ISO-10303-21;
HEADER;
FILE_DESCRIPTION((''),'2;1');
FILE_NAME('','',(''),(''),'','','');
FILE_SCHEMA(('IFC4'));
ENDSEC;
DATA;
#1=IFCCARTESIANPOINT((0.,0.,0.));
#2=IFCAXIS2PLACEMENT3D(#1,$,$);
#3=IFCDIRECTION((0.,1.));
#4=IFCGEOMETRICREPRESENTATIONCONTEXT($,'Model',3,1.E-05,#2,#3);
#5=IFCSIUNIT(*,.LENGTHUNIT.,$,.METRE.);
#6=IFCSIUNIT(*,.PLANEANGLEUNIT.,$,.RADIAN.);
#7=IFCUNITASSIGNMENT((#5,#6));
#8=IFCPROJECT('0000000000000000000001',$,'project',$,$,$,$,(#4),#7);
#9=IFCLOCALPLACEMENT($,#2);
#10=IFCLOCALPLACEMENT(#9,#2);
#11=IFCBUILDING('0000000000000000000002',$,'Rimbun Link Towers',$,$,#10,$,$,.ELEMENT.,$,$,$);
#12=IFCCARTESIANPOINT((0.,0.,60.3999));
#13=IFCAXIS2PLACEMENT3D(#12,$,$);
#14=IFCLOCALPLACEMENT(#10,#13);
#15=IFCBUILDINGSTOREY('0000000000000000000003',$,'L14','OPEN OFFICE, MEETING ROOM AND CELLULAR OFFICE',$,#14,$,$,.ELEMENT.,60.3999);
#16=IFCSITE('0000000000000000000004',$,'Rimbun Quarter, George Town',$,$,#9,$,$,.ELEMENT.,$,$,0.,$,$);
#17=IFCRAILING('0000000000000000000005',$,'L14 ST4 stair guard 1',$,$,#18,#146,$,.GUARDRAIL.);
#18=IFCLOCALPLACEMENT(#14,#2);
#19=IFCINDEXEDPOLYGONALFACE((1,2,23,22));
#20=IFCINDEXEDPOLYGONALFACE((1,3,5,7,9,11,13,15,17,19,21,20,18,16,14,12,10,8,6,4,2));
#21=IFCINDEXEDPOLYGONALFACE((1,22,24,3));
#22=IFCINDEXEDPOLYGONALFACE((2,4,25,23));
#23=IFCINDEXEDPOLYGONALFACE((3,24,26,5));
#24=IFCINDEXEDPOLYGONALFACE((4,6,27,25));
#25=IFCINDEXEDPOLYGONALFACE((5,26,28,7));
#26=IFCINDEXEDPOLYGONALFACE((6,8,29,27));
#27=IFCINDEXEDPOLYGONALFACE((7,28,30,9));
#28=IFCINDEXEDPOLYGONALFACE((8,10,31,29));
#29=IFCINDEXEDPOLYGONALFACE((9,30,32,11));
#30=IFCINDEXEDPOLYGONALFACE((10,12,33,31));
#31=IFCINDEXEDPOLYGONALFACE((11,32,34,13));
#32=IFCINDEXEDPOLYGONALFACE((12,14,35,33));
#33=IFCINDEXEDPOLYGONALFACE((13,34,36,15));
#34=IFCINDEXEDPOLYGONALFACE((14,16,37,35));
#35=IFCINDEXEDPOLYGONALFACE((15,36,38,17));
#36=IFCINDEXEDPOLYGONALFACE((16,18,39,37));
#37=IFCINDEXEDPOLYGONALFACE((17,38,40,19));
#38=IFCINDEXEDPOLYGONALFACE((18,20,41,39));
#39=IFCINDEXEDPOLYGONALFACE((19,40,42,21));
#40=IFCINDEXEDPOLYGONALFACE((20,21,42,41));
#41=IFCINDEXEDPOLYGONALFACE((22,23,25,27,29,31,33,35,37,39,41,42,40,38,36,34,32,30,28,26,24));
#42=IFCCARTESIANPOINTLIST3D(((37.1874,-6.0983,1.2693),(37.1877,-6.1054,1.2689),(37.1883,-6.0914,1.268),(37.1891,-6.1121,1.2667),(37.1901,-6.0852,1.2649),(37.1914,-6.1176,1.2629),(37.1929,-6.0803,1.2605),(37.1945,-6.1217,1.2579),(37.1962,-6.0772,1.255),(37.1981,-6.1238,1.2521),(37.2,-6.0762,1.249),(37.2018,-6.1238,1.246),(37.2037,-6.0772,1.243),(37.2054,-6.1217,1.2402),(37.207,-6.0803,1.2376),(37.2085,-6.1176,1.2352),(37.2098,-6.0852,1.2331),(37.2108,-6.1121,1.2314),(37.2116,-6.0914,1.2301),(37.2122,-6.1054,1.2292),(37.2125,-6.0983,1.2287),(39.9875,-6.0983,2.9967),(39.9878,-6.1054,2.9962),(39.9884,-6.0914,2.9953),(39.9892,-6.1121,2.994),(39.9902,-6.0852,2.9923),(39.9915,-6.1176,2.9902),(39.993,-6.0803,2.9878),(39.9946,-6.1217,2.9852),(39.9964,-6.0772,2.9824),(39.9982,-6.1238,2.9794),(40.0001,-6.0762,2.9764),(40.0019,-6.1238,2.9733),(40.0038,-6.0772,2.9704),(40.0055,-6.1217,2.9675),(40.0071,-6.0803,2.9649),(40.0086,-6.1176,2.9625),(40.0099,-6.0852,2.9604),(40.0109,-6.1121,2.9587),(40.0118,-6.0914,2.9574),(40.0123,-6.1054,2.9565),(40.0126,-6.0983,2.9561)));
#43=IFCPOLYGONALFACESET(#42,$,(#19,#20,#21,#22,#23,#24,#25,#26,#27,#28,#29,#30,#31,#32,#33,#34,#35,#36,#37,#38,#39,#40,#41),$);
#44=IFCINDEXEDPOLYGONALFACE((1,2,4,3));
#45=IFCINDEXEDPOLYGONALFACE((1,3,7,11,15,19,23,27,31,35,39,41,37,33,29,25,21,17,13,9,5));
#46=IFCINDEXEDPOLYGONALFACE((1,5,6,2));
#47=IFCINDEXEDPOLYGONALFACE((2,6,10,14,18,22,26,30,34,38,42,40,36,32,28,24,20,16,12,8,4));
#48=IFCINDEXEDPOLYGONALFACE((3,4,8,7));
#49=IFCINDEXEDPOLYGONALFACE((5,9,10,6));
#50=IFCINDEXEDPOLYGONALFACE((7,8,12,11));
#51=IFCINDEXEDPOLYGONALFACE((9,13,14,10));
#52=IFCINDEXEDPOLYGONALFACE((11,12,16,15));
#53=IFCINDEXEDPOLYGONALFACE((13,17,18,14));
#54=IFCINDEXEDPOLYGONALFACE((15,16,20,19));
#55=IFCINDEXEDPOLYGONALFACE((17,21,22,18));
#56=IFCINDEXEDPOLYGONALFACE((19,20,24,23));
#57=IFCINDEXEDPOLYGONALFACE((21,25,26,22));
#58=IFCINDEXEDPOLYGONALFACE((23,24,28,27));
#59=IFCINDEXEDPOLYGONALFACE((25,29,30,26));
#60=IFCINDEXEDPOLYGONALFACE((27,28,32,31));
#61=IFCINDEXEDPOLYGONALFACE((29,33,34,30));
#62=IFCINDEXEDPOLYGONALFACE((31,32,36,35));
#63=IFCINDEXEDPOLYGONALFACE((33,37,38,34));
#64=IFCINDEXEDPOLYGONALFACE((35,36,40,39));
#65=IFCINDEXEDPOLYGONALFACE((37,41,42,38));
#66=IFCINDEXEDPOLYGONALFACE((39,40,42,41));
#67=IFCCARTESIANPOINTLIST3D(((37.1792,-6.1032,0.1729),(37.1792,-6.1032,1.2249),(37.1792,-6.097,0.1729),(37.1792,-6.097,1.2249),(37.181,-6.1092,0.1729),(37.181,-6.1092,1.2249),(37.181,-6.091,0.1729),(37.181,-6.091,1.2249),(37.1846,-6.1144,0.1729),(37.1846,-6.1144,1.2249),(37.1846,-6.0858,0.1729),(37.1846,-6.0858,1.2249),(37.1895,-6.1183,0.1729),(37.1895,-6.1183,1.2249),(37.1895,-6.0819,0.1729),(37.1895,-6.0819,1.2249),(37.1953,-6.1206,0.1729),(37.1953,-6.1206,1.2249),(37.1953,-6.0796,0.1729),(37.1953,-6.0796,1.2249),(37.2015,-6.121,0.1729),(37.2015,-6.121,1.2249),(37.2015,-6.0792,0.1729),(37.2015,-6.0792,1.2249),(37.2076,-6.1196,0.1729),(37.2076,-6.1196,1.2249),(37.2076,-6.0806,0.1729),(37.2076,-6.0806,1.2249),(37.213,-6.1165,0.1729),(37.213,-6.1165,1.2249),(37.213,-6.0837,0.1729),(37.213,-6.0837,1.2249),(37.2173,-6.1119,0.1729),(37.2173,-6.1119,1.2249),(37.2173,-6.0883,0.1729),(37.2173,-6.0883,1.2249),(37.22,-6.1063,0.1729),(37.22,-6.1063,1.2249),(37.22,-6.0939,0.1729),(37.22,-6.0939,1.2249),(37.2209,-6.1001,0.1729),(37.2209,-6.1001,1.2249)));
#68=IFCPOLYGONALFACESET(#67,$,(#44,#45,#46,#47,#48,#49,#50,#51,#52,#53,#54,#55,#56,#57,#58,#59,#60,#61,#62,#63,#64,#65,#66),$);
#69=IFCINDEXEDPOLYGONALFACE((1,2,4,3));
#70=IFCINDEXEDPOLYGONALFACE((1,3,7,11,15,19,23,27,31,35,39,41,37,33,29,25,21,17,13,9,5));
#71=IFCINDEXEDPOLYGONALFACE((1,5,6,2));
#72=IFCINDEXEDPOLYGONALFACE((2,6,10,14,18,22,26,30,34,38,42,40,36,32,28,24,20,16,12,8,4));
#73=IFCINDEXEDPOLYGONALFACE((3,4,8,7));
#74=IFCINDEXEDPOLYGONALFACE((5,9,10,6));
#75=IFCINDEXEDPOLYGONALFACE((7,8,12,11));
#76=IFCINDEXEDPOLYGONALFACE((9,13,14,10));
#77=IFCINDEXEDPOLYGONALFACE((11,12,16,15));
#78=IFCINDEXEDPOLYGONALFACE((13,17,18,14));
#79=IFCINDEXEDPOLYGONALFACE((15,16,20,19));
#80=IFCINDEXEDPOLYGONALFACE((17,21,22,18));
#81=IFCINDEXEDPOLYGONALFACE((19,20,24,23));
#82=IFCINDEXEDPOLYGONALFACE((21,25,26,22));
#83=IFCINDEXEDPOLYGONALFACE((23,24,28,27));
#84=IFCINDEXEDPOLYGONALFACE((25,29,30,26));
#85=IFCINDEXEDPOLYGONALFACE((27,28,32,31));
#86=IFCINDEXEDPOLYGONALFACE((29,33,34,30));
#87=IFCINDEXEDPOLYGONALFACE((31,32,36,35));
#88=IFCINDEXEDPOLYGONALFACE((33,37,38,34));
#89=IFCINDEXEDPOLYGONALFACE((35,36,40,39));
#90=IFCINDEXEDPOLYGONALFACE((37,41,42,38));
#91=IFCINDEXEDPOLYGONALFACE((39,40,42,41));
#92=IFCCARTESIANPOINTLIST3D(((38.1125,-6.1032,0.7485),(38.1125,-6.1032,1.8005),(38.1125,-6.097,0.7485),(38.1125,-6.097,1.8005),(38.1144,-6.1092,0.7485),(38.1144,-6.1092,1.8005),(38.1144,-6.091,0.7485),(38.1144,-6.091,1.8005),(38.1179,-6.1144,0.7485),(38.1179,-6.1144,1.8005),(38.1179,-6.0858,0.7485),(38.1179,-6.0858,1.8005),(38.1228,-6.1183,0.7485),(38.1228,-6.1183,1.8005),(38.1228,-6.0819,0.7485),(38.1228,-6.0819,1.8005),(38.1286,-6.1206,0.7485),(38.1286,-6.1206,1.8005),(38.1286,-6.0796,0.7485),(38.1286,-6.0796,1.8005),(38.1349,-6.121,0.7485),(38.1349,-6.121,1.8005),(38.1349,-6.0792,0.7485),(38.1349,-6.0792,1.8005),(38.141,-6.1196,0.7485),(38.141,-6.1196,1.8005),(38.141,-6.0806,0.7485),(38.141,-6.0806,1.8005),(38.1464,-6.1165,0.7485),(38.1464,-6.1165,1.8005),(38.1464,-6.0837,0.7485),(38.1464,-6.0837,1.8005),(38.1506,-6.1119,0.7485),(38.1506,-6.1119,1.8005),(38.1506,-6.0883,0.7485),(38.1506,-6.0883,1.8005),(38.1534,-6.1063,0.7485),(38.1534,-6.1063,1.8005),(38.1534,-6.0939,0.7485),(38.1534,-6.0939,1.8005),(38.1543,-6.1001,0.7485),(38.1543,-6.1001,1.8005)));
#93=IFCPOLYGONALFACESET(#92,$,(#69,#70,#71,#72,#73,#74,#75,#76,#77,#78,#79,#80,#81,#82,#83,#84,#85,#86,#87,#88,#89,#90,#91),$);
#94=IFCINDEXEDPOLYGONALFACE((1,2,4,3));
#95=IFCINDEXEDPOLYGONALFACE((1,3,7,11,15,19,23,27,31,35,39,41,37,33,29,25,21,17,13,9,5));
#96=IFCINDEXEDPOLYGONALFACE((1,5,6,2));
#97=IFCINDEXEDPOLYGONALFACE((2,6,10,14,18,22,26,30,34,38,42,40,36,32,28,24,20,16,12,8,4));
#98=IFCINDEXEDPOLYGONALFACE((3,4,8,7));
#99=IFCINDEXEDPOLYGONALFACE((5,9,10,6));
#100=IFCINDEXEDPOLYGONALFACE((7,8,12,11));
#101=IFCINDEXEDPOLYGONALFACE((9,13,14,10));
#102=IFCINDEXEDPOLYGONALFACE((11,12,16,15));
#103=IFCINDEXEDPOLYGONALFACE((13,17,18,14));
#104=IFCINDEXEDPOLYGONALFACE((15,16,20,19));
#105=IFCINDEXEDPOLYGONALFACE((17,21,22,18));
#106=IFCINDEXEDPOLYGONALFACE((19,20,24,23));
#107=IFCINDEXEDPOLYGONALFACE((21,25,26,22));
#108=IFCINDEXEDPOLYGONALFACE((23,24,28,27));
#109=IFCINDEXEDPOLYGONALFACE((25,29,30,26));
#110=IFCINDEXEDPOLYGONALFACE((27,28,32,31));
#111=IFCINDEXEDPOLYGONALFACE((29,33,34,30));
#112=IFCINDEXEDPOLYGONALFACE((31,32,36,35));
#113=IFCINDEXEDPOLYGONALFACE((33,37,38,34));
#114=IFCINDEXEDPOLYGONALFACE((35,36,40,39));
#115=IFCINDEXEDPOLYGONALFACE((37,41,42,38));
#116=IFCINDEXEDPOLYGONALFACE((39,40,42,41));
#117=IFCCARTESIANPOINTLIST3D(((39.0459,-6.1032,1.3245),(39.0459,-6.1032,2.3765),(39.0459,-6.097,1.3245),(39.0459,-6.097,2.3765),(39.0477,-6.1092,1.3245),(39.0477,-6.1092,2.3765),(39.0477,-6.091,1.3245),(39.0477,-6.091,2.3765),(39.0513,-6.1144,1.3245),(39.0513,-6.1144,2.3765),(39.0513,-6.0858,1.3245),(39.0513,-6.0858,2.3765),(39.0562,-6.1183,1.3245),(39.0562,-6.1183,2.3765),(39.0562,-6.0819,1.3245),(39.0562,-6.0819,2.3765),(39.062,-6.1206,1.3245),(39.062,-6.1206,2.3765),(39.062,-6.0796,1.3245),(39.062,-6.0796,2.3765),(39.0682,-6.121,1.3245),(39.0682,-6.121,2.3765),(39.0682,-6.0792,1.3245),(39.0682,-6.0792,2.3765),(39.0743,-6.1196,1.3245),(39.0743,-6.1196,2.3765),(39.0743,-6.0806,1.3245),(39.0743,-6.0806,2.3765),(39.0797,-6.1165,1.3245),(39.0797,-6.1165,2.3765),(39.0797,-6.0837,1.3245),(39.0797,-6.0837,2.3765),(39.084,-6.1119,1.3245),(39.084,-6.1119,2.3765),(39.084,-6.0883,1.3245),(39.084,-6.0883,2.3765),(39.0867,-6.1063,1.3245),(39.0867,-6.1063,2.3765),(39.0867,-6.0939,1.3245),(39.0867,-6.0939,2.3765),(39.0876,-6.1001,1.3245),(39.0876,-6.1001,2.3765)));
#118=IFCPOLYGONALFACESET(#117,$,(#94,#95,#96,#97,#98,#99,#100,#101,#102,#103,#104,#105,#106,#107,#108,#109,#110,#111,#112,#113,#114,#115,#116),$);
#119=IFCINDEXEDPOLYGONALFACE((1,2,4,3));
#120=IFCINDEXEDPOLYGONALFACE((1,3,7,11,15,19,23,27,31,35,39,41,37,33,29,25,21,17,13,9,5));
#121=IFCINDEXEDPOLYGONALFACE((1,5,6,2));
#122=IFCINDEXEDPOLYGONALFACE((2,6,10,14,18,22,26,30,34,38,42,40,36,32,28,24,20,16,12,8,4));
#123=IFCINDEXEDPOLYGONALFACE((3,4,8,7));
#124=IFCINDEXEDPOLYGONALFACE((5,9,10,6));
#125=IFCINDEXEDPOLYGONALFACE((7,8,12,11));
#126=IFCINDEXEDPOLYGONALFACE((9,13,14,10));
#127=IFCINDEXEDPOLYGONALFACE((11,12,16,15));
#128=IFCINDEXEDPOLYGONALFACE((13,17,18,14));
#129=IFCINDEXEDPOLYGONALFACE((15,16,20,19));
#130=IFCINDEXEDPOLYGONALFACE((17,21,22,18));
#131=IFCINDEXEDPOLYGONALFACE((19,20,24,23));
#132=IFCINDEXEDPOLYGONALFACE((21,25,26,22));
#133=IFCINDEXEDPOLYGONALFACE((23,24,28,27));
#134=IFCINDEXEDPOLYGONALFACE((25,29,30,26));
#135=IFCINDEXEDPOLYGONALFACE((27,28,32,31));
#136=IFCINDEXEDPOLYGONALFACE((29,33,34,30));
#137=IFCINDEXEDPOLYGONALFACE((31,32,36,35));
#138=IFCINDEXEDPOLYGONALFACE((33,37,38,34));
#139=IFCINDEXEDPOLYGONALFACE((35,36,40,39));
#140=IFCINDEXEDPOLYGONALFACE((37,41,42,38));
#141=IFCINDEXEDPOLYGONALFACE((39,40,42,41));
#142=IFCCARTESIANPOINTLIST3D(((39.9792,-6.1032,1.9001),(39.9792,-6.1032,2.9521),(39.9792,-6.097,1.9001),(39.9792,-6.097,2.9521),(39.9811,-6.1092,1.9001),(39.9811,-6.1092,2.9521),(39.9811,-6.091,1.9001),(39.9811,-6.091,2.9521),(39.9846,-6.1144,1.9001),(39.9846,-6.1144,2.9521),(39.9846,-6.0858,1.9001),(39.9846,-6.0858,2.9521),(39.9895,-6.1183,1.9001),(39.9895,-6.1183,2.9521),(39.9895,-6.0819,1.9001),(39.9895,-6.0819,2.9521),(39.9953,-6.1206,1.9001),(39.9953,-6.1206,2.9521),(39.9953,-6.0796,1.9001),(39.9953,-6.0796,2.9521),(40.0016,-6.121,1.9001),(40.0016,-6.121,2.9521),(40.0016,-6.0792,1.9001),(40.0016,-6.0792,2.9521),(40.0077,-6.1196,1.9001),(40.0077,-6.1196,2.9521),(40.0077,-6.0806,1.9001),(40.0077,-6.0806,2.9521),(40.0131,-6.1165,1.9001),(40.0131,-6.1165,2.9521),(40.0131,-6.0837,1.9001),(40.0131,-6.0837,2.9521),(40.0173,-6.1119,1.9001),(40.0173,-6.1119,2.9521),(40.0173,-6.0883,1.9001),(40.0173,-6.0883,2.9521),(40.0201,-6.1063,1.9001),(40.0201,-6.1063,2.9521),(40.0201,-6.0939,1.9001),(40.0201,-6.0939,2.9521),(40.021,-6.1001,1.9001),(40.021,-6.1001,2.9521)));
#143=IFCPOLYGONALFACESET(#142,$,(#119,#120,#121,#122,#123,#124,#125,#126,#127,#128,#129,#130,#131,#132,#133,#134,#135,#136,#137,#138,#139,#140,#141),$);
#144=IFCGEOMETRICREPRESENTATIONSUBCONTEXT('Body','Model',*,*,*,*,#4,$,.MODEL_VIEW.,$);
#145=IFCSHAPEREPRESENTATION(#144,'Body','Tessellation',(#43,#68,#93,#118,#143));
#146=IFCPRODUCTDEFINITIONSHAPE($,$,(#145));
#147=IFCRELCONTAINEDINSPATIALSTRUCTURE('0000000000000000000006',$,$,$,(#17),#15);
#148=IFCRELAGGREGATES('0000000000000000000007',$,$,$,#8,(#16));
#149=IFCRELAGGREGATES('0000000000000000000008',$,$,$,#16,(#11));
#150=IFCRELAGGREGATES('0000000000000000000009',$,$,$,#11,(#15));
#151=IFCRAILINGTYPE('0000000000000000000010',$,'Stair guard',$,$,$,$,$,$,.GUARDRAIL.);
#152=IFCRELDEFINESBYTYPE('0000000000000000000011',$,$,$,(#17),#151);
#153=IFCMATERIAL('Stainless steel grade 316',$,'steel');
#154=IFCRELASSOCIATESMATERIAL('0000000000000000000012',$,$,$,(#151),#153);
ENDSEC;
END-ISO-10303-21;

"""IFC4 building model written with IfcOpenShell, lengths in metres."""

from ifc_helpers import new_model, si_unit, direction, frame, origin, origin_2d, place, context, subcontext, project, spatial, circle, extrude, material, type_object, element, save


model = new_model("IFC4")

# Units and contexts
model_context = context("Model", 3, precision=1e-05, world=origin(), true_north=direction((0.0, 1.0)))
body_context = subcontext(model_context, "Body", "Model", "MODEL_VIEW")
ifc_project = project(units=[si_unit("LENGTHUNIT", "METRE"), si_unit("PLANEANGLEUNIT", "RADIAN")], contexts=[model_context])

# Site, building, storey
site_placement = place(None, origin())
site = spatial("IfcSite", under=ifc_project, at=site_placement, Name="Rimbun Quarter, George Town", CompositionType="ELEMENT", RefElevation=0.0)
building_placement = place(site_placement, origin())
building = spatial("IfcBuilding", under=site, at=building_placement, Name="Rimbun Link Towers", CompositionType="ELEMENT")
storey_placement = place(building_placement, frame((0.0, 0.0, 60.3999)))
storey = spatial("IfcBuildingStorey", under=building, at=storey_placement, Name="L14", Description="OPEN OFFICE, MEETING ROOM AND CELLULAR OFFICE", CompositionType="ELEMENT", Elevation=60.3999)

# Railing
ifc_material_1 = material(Name="Stainless steel grade 316", Category="steel")
railing_type_1 = type_object("IfcRailingType", Name="Stair guard", PredefinedType="GUARDRAIL", material=ifc_material_1)
railing_1_placement = place(storey_placement, frame((37.2, -6.1001, 0.1729)))
element("IfcRailing", 1, at=railing_1_placement, inside=storey, type_object=railing_type_1, Name="L14 ST4 stair guard 1", PredefinedType="GUARDRAIL", context=body_context, shape_type="SweptSolid", body=[
    extrude(circle(Radius=0.0239, at=origin_2d()), frame((0.0, 0.0, 1.0762), z_axis=(0.85109, 0.0, 0.52502), x_axis=(0.0, 1.0, 0.0)), (0.0, 0.0, 1.0), 3.29),
    extrude(circle(Radius=0.021, at=origin_2d()), origin(), (0.0, 0.0, 1.0), 1.052),
    extrude(circle(Radius=0.021, at=origin_2d()), frame((0.9333, 0.0, 0.5757)), (0.0, 0.0, 1.0), 1.052),
    extrude(circle(Radius=0.021, at=origin_2d()), frame((1.8667, 0.0, 1.1516)), (0.0, 0.0, 1.0), 1.052),
    extrude(circle(Radius=0.021, at=origin_2d()), frame((2.8, 0.0, 1.7273)), (0.0, 0.0, 1.0), 1.052),
])

save(model, "model.ifc")
